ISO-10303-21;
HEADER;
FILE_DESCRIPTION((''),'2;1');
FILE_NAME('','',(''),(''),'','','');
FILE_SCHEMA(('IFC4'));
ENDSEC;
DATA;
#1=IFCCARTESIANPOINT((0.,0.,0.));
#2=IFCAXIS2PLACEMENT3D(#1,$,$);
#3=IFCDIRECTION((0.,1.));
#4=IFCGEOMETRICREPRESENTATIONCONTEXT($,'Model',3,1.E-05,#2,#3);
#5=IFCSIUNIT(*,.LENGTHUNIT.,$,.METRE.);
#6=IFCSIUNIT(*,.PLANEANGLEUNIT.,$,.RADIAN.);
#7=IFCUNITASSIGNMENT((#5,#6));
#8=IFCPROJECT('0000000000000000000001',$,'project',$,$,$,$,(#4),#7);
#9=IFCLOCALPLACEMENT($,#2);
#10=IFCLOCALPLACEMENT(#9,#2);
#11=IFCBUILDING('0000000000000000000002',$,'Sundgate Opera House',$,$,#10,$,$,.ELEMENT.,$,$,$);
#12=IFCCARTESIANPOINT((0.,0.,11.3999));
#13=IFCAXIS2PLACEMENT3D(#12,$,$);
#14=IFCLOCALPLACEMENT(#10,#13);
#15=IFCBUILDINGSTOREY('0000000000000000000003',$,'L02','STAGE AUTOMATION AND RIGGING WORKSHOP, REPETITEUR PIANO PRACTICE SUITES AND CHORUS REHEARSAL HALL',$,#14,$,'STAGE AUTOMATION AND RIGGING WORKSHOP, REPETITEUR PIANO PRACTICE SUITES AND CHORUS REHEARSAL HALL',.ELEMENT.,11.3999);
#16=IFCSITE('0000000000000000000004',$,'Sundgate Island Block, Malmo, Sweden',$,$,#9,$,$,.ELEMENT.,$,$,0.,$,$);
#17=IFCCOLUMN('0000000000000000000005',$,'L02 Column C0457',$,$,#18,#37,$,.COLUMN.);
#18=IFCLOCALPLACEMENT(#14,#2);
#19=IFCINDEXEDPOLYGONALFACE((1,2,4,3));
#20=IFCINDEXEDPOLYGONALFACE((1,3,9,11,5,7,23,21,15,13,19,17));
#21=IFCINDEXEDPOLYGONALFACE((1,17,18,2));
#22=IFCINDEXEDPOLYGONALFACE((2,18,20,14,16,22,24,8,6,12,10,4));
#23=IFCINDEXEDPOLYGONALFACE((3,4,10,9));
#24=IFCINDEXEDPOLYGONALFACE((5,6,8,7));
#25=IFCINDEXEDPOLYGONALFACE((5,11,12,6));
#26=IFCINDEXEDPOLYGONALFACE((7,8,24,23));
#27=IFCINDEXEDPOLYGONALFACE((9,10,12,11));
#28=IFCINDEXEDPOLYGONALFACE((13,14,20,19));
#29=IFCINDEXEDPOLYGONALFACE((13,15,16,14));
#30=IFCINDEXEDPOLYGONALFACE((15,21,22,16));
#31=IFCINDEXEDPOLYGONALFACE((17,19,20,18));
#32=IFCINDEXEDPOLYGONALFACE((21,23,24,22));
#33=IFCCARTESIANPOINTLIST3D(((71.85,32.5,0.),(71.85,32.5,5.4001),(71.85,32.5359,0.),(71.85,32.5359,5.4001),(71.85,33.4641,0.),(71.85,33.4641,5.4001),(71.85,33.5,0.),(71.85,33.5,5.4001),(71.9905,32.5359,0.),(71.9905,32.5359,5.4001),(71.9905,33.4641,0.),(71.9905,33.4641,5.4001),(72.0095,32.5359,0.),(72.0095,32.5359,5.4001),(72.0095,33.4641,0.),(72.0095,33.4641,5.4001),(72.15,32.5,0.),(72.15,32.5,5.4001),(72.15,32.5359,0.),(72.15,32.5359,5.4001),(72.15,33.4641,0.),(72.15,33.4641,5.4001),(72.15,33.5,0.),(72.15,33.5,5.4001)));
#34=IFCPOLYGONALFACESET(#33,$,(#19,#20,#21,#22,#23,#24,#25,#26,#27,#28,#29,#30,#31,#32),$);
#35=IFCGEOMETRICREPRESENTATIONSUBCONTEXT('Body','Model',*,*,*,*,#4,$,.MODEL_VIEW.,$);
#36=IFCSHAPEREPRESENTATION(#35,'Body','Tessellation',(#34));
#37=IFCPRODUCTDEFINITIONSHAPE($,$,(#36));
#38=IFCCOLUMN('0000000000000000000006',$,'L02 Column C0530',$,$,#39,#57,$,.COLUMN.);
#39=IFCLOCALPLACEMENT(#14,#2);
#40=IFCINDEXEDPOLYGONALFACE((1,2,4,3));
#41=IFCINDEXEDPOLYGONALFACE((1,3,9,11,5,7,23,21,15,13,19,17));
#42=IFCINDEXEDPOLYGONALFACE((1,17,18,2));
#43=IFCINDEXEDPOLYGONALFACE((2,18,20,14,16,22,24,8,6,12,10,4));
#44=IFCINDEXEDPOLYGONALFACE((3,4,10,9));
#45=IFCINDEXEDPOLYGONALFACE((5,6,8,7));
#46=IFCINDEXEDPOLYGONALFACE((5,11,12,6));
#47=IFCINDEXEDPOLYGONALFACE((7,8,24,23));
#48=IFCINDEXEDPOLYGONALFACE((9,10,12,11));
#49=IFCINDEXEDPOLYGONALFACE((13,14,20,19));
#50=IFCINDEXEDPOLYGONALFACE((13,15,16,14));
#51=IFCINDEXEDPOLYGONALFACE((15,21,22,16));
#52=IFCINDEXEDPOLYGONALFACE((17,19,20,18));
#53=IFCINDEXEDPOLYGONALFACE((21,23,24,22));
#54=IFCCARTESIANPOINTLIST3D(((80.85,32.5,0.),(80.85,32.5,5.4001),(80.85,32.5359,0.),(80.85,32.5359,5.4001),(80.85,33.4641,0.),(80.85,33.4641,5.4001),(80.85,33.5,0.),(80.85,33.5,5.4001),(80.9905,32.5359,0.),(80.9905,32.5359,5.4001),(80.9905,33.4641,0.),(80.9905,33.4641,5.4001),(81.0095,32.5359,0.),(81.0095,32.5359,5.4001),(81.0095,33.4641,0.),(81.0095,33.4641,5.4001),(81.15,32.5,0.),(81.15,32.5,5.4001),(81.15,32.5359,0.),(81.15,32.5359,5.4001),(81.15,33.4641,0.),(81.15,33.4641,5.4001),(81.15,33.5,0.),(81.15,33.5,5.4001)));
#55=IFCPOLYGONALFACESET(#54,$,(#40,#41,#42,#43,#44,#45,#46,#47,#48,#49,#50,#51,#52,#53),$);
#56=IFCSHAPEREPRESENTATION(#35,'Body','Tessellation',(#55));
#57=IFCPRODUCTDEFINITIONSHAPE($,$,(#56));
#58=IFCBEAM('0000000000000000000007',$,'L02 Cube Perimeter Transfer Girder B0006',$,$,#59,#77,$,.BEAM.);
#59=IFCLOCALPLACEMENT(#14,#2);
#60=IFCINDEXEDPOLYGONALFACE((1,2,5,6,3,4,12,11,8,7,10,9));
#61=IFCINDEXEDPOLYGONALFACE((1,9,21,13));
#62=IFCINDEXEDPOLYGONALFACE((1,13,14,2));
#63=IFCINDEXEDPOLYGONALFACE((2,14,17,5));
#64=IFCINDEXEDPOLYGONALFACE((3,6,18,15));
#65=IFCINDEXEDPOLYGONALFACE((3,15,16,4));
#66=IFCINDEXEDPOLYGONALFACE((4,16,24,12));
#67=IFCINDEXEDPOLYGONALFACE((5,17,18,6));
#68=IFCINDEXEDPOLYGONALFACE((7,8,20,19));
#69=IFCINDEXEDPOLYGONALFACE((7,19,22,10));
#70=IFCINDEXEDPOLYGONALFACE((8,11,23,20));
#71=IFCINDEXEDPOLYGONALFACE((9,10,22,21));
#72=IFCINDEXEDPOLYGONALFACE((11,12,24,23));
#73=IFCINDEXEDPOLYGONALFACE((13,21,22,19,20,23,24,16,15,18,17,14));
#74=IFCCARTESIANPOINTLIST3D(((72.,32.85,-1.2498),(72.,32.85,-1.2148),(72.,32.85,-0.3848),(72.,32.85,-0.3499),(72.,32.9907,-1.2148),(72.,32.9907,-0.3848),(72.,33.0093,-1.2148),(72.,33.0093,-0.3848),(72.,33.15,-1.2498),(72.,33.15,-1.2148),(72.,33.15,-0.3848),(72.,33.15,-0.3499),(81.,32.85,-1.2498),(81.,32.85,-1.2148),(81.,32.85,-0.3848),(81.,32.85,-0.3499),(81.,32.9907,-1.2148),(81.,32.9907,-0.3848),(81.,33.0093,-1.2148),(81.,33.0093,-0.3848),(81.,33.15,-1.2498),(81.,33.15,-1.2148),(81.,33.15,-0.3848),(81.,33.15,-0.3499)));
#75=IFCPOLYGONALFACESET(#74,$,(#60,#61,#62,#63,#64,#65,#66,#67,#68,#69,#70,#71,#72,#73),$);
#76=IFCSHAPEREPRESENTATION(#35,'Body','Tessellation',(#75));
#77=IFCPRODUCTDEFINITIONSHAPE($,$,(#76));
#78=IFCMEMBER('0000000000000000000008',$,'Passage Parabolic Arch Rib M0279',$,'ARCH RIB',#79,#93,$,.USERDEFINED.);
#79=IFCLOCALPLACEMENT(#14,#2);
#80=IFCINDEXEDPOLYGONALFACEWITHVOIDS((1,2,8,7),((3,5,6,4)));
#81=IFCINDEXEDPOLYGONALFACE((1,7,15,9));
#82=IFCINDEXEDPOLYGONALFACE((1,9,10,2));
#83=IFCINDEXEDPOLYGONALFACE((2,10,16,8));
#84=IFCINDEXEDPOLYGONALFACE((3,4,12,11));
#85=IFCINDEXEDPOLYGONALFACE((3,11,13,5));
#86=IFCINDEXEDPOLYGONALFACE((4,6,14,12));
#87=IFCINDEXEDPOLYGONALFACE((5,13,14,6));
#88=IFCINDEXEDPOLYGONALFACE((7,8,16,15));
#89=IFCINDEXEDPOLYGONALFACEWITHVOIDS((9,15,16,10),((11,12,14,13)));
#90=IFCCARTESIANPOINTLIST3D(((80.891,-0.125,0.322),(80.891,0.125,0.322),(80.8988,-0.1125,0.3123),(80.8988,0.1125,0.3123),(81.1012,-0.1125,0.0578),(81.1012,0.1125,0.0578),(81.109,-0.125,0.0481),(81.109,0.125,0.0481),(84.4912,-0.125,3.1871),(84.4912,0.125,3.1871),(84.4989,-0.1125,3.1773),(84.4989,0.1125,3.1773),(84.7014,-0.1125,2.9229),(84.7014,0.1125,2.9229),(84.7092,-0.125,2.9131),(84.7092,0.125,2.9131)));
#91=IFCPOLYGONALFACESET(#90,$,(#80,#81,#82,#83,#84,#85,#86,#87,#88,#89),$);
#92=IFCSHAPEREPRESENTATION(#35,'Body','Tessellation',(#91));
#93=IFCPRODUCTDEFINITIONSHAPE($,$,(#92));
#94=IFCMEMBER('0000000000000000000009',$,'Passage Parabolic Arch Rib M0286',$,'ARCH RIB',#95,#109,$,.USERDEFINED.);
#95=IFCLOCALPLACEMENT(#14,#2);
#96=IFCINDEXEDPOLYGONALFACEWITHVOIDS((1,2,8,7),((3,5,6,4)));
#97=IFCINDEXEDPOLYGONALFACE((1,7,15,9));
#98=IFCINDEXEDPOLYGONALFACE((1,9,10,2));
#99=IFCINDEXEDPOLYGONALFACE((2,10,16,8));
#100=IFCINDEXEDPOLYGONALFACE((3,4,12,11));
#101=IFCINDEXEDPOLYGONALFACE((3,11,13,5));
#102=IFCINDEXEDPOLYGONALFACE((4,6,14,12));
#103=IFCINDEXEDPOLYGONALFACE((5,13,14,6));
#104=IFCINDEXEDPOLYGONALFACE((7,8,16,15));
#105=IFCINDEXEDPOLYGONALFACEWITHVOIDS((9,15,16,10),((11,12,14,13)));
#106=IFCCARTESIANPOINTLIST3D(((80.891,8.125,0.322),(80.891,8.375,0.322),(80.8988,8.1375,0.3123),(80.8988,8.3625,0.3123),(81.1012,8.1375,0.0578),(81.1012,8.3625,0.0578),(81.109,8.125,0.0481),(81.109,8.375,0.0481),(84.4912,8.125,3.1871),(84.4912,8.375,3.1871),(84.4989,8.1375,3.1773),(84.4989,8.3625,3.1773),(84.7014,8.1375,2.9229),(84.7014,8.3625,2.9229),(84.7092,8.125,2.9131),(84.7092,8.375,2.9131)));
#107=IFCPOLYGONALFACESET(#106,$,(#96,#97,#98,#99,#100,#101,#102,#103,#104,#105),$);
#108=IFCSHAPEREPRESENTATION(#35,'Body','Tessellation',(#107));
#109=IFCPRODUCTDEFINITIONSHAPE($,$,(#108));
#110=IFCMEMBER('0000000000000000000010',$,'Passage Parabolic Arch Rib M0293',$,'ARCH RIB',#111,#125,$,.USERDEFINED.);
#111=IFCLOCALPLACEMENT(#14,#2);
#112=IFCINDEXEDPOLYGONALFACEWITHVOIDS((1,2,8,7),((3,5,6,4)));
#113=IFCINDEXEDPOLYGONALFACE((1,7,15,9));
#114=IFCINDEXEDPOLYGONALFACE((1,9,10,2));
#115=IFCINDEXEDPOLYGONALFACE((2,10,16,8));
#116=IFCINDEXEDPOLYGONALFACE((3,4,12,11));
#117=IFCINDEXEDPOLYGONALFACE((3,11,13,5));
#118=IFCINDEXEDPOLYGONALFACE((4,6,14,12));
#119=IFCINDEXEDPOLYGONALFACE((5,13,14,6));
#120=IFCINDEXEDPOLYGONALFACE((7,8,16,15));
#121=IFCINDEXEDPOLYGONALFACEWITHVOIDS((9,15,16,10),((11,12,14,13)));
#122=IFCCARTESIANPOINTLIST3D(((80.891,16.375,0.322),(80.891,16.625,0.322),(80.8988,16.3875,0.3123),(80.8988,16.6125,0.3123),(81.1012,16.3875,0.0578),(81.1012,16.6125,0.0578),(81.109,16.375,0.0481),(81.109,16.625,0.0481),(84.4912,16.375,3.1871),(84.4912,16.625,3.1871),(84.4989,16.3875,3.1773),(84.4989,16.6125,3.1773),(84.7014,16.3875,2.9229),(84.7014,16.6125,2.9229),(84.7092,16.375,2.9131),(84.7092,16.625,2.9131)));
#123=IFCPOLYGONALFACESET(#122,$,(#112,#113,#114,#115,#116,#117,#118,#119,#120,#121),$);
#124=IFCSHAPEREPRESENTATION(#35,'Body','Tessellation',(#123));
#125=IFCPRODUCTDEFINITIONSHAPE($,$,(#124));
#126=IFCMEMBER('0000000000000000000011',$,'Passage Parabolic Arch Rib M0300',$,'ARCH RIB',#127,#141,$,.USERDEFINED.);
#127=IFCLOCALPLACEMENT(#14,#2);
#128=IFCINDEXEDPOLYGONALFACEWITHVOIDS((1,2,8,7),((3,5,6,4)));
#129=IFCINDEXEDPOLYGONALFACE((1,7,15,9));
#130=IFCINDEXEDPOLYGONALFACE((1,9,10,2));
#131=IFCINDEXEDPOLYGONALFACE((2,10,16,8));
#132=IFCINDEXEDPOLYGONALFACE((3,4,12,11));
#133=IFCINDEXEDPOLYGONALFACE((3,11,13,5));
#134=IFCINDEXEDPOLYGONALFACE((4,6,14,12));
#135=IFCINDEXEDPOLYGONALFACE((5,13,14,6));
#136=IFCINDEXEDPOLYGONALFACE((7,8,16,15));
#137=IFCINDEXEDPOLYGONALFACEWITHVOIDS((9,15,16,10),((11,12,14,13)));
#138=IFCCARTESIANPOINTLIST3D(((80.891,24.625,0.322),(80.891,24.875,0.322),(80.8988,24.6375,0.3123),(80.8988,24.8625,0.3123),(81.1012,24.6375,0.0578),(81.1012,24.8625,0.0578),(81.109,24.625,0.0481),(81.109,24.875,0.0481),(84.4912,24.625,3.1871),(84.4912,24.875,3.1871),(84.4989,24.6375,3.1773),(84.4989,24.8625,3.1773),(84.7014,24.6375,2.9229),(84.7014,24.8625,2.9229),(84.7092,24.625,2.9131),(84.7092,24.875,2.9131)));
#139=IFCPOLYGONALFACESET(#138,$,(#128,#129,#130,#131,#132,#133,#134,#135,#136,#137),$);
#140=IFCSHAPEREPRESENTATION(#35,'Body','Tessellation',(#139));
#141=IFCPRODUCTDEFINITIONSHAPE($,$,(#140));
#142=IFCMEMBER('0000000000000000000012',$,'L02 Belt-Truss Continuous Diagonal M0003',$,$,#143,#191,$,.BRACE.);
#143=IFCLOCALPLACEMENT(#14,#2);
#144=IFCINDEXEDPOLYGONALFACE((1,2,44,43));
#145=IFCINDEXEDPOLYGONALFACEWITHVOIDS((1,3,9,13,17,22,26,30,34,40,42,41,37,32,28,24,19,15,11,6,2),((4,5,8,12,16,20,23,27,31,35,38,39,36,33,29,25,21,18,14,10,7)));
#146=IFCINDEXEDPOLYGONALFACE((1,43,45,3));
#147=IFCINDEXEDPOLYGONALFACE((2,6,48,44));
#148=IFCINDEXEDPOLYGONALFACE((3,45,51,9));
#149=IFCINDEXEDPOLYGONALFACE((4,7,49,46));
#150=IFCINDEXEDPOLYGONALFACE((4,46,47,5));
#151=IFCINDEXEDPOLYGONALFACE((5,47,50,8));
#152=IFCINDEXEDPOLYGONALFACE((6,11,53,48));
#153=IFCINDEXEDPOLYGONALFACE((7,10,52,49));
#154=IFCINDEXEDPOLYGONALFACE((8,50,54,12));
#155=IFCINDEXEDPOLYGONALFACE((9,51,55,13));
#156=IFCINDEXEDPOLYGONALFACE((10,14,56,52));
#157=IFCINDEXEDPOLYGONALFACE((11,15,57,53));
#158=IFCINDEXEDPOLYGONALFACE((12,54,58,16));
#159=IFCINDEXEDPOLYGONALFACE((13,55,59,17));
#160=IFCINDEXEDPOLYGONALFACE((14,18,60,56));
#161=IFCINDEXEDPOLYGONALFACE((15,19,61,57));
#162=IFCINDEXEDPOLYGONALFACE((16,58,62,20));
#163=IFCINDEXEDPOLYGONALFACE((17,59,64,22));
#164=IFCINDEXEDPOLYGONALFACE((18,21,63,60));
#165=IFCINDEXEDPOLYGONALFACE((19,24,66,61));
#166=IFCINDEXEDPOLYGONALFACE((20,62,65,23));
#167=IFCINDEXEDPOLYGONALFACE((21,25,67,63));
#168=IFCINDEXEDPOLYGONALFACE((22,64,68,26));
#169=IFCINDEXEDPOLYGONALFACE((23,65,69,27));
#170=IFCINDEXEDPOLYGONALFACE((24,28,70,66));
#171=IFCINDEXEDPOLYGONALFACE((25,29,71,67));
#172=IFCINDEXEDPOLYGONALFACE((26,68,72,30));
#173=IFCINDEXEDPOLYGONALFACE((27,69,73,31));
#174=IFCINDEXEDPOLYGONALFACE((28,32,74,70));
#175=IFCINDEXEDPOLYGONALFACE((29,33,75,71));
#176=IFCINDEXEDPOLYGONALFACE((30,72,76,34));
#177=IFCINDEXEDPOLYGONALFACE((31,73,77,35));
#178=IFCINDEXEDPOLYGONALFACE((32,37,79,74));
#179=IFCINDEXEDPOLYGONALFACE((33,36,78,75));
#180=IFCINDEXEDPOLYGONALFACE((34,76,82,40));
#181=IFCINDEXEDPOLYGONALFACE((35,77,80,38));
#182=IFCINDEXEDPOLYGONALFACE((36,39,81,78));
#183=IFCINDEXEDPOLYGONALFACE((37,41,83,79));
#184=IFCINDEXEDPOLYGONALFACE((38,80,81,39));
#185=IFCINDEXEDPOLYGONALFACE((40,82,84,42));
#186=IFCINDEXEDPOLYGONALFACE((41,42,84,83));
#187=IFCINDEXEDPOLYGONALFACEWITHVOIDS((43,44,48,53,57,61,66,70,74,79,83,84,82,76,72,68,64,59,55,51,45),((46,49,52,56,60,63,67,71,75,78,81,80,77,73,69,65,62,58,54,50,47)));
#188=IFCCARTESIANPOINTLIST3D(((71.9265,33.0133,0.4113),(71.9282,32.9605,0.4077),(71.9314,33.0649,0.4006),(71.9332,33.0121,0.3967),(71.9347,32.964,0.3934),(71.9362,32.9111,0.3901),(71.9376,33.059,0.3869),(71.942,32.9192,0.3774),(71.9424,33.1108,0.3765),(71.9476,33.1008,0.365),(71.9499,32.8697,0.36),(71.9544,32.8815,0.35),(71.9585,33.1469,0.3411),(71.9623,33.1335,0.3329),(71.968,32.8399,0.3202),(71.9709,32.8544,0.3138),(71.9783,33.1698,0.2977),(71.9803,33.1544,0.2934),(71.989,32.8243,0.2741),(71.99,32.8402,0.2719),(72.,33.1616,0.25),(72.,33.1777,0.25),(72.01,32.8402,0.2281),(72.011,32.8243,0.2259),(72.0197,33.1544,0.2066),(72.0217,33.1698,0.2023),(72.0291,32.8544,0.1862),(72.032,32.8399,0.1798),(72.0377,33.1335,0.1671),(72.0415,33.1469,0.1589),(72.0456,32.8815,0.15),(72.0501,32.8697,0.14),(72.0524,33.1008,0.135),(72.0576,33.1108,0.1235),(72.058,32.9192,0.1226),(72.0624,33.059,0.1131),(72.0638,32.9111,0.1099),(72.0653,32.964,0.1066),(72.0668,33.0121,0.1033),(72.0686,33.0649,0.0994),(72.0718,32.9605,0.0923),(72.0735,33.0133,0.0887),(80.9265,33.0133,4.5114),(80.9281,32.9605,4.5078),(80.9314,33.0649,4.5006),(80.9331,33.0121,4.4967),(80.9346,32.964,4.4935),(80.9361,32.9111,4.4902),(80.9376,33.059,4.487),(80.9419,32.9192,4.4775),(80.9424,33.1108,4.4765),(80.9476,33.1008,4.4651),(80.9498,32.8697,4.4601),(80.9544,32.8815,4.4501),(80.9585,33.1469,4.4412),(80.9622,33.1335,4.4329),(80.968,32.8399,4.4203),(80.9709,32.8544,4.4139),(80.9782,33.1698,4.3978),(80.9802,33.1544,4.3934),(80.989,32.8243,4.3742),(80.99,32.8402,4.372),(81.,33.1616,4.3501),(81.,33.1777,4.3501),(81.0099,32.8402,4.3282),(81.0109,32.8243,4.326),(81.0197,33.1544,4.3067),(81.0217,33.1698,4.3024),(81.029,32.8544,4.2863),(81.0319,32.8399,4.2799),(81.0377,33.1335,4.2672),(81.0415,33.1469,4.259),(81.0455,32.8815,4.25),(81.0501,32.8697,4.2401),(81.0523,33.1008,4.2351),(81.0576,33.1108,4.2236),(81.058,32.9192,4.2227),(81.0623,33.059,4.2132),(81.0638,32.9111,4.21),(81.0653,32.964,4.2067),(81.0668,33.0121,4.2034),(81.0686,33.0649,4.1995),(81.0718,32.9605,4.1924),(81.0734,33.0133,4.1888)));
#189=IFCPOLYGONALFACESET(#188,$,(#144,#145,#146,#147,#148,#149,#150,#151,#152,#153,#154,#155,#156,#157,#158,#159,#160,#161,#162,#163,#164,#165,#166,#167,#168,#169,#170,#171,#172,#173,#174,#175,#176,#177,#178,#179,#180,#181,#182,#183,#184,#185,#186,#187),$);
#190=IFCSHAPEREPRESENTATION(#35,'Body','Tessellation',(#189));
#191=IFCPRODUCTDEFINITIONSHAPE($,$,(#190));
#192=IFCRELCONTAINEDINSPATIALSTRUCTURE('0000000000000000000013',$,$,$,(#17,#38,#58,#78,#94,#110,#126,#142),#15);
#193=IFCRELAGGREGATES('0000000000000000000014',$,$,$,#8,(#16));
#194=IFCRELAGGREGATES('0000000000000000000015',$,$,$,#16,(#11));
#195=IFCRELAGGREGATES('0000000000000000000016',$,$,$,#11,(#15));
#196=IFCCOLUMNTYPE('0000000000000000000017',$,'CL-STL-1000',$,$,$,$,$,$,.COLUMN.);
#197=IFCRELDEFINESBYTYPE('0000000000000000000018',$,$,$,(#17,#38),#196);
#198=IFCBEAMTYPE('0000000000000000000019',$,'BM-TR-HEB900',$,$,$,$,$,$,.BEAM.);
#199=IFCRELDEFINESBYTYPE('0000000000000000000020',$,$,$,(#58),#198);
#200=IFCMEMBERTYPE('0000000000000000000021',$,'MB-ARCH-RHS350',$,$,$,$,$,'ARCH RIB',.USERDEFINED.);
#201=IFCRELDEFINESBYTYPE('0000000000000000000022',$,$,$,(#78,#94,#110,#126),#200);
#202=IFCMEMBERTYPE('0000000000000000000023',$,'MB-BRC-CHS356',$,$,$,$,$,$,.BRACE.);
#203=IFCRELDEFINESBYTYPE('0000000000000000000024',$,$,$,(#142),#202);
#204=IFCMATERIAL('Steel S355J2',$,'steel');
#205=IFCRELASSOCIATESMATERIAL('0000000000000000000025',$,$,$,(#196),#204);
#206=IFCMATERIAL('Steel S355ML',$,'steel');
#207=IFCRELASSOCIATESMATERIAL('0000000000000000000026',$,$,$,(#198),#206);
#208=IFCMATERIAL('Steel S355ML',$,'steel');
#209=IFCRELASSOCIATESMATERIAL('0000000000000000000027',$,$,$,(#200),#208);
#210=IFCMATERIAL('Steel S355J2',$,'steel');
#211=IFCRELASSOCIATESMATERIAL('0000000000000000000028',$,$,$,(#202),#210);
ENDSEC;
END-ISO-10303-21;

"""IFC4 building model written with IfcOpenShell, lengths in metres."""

from ifc_helpers import new_model, si_unit, direction, frame, origin, origin_2d, place, context, subcontext, project, spatial, hollow_rectangle, hollow_circle, i_section, extrude, material, material_profile, profile_set, type_object, element, save


model = new_model("IFC4")

# Units and contexts
model_context = context("Model", 3, precision=1e-05, world=origin(), true_north=direction((0.0, 1.0)))
body_context = subcontext(model_context, "Body", "Model", "MODEL_VIEW")
ifc_project = project(units=[si_unit("LENGTHUNIT", "METRE"), si_unit("PLANEANGLEUNIT", "RADIAN")], contexts=[model_context])

# Site, building, storey
site_placement = place(None, origin())
site = spatial("IfcSite", under=ifc_project, at=site_placement, Name="Sundgate Island Block, Malmo, Sweden", CompositionType="ELEMENT", RefElevation=0.0)
building_placement = place(site_placement, origin())
building = spatial("IfcBuilding", under=site, at=building_placement, Name="Sundgate Opera House", CompositionType="ELEMENT")
storey_placement = place(building_placement, frame((0.0, 0.0, 11.3999)))
storey = spatial("IfcBuildingStorey", under=building, at=storey_placement, Name="L02", Description="STAGE AUTOMATION AND RIGGING WORKSHOP, REPETITEUR PIANO PRACTICE SUITES AND CHORUS REHEARSAL HALL", LongName="STAGE AUTOMATION AND RIGGING WORKSHOP, REPETITEUR PIANO PRACTICE SUITES AND CHORUS REHEARSAL HALL", CompositionType="ELEMENT", Elevation=11.3999)

# Columns
ifc_material_1 = material(Name="Steel S355J2", Category="steel")
ifc_material_profile_1 = material_profile(ifc_material_1, i_section(OverallWidth=0.3, OverallDepth=1.0, WebThickness=0.019, FlangeThickness=0.0359, at=origin_2d()), Name="HEB 1000")
ifc_profile_set_1 = profile_set([ifc_material_profile_1], Name="Steel S355J2")
column_type = type_object("IfcColumnType", Name="CL-STL-1000", PredefinedType="COLUMN", material=ifc_profile_set_1)
for number, where, z_axis, x_axis, name in (
    (1, (72.0, 33.0, 0.0), (0.0, 0.0, 1.0), (1.0, 0.0, 0.0), "L02 Column C0457"),
    (2, (81.0, 33.0, 0.0), (0.0, 0.0, 1.0), (1.0, 0.0, 0.0), "L02 Column C0530"),
):
    element("IfcColumn", number, at=place(storey_placement, frame(where, z_axis=z_axis, x_axis=x_axis)), inside=storey, type_object=column_type, Name=name, PredefinedType="COLUMN", context=body_context, shape_type="SweptSolid", body=[
        extrude(i_section(OverallWidth=0.3, OverallDepth=1.0, WebThickness=0.019, FlangeThickness=0.0359, at=origin_2d()), origin(), (0.0, 0.0, 1.0), 5.4001),
    ])

# Beam
ifc_material_2 = material(Name="Steel S355ML", Category="steel")
ifc_material_profile_2 = material_profile(ifc_material_2, i_section(OverallWidth=0.3, OverallDepth=0.8999, WebThickness=0.0186, FlangeThickness=0.0349, at=origin_2d()), Name="HEB 900")
ifc_profile_set_2 = profile_set([ifc_material_profile_2], Name="Steel S355ML")
beam_type = type_object("IfcBeamType", Name="BM-TR-HEB900", PredefinedType="BEAM", material=ifc_profile_set_2)
beam_placement = place(storey_placement, frame((72.0, 33.0, -0.7998), z_axis=(1.0, 0.0, 0.0), x_axis=(0.0, 1.0, 0.0)))
element("IfcBeam", 3, at=beam_placement, inside=storey, type_object=beam_type, Name="L02 Cube Perimeter Transfer Girder B0006", PredefinedType="BEAM", context=body_context, shape_type="SweptSolid", body=[
    extrude(i_section(OverallWidth=0.3, OverallDepth=0.8999, WebThickness=0.0186, FlangeThickness=0.0349, at=origin_2d()), origin(), (0.0, 0.0, 1.0), 9.0),
])

# Members
ifc_material_3 = material(Name="Steel S355ML", Category="steel")
ifc_material_profile_3 = material_profile(ifc_material_3, hollow_rectangle(XDim=0.25, YDim=0.3501, WallThickness=0.0125, at=origin_2d()), Name="RHS 350x250x12.5")
ifc_profile_set_3 = profile_set([ifc_material_profile_3], Name="Steel S355ML")
member_type_1 = type_object("IfcMemberType", Name="MB-ARCH-RHS350", ElementType="ARCH RIB", PredefinedType="USERDEFINED", material=ifc_profile_set_3)
for number, where, z_axis, x_axis, name in (
    (4, (81.0, 0.0, 0.1851), (0.782466, 0.0, 0.622693), (0.0, 1.0, 0.0), "Passage Parabolic Arch Rib M0279"),
    (5, (81.0, 8.25, 0.1851), (0.782466, 0.0, 0.622693), (0.0, 1.0, 0.0), "Passage Parabolic Arch Rib M0286"),
    (6, (81.0, 16.5, 0.1851), (0.782466, 0.0, 0.622693), (0.0, 1.0, 0.0), "Passage Parabolic Arch Rib M0293"),
    (7, (81.0, 24.75, 0.1851), (0.782466, 0.0, 0.622693), (0.0, 1.0, 0.0), "Passage Parabolic Arch Rib M0300"),
):
    element("IfcMember", number, at=place(storey_placement, frame(where, z_axis=z_axis, x_axis=x_axis)), inside=storey, type_object=member_type_1, Name=name, ObjectType="ARCH RIB", PredefinedType="USERDEFINED", context=body_context, shape_type="SweptSolid", body=[
        extrude(hollow_rectangle(XDim=0.25, YDim=0.3501, WallThickness=0.0125, at=origin_2d()), origin(), (0.0, 0.0, 1.0), 4.6011),
    ])
ifc_material_4 = material(Name="Steel S355J2", Category="steel")
ifc_material_profile_4 = material_profile(ifc_material_4, hollow_circle(Radius=0.1777, WallThickness=0.0161, at=origin_2d()), Name="CHS 355.6x16.0")
ifc_profile_set_4 = profile_set([ifc_material_profile_4], Name="Steel S355J2")
member_type_2 = type_object("IfcMemberType", Name="MB-BRC-CHS356", PredefinedType="BRACE", material=ifc_profile_set_4)
member_1_placement = place(storey_placement, frame((72.0, 33.0, 0.25), z_axis=(0.910016, 0.0, 0.414573), x_axis=(0.0, 1.0, 0.0)))
element("IfcMember", 8, at=member_1_placement, inside=storey, type_object=member_type_2, Name="L02 Belt-Truss Continuous Diagonal M0003", PredefinedType="BRACE", context=body_context, shape_type="SweptSolid", body=[
    extrude(hollow_circle(Radius=0.1777, WallThickness=0.0161, at=origin_2d()), origin(), (0.0, 0.0, 1.0), 9.8899),
])

save(model, "model.ifc")
